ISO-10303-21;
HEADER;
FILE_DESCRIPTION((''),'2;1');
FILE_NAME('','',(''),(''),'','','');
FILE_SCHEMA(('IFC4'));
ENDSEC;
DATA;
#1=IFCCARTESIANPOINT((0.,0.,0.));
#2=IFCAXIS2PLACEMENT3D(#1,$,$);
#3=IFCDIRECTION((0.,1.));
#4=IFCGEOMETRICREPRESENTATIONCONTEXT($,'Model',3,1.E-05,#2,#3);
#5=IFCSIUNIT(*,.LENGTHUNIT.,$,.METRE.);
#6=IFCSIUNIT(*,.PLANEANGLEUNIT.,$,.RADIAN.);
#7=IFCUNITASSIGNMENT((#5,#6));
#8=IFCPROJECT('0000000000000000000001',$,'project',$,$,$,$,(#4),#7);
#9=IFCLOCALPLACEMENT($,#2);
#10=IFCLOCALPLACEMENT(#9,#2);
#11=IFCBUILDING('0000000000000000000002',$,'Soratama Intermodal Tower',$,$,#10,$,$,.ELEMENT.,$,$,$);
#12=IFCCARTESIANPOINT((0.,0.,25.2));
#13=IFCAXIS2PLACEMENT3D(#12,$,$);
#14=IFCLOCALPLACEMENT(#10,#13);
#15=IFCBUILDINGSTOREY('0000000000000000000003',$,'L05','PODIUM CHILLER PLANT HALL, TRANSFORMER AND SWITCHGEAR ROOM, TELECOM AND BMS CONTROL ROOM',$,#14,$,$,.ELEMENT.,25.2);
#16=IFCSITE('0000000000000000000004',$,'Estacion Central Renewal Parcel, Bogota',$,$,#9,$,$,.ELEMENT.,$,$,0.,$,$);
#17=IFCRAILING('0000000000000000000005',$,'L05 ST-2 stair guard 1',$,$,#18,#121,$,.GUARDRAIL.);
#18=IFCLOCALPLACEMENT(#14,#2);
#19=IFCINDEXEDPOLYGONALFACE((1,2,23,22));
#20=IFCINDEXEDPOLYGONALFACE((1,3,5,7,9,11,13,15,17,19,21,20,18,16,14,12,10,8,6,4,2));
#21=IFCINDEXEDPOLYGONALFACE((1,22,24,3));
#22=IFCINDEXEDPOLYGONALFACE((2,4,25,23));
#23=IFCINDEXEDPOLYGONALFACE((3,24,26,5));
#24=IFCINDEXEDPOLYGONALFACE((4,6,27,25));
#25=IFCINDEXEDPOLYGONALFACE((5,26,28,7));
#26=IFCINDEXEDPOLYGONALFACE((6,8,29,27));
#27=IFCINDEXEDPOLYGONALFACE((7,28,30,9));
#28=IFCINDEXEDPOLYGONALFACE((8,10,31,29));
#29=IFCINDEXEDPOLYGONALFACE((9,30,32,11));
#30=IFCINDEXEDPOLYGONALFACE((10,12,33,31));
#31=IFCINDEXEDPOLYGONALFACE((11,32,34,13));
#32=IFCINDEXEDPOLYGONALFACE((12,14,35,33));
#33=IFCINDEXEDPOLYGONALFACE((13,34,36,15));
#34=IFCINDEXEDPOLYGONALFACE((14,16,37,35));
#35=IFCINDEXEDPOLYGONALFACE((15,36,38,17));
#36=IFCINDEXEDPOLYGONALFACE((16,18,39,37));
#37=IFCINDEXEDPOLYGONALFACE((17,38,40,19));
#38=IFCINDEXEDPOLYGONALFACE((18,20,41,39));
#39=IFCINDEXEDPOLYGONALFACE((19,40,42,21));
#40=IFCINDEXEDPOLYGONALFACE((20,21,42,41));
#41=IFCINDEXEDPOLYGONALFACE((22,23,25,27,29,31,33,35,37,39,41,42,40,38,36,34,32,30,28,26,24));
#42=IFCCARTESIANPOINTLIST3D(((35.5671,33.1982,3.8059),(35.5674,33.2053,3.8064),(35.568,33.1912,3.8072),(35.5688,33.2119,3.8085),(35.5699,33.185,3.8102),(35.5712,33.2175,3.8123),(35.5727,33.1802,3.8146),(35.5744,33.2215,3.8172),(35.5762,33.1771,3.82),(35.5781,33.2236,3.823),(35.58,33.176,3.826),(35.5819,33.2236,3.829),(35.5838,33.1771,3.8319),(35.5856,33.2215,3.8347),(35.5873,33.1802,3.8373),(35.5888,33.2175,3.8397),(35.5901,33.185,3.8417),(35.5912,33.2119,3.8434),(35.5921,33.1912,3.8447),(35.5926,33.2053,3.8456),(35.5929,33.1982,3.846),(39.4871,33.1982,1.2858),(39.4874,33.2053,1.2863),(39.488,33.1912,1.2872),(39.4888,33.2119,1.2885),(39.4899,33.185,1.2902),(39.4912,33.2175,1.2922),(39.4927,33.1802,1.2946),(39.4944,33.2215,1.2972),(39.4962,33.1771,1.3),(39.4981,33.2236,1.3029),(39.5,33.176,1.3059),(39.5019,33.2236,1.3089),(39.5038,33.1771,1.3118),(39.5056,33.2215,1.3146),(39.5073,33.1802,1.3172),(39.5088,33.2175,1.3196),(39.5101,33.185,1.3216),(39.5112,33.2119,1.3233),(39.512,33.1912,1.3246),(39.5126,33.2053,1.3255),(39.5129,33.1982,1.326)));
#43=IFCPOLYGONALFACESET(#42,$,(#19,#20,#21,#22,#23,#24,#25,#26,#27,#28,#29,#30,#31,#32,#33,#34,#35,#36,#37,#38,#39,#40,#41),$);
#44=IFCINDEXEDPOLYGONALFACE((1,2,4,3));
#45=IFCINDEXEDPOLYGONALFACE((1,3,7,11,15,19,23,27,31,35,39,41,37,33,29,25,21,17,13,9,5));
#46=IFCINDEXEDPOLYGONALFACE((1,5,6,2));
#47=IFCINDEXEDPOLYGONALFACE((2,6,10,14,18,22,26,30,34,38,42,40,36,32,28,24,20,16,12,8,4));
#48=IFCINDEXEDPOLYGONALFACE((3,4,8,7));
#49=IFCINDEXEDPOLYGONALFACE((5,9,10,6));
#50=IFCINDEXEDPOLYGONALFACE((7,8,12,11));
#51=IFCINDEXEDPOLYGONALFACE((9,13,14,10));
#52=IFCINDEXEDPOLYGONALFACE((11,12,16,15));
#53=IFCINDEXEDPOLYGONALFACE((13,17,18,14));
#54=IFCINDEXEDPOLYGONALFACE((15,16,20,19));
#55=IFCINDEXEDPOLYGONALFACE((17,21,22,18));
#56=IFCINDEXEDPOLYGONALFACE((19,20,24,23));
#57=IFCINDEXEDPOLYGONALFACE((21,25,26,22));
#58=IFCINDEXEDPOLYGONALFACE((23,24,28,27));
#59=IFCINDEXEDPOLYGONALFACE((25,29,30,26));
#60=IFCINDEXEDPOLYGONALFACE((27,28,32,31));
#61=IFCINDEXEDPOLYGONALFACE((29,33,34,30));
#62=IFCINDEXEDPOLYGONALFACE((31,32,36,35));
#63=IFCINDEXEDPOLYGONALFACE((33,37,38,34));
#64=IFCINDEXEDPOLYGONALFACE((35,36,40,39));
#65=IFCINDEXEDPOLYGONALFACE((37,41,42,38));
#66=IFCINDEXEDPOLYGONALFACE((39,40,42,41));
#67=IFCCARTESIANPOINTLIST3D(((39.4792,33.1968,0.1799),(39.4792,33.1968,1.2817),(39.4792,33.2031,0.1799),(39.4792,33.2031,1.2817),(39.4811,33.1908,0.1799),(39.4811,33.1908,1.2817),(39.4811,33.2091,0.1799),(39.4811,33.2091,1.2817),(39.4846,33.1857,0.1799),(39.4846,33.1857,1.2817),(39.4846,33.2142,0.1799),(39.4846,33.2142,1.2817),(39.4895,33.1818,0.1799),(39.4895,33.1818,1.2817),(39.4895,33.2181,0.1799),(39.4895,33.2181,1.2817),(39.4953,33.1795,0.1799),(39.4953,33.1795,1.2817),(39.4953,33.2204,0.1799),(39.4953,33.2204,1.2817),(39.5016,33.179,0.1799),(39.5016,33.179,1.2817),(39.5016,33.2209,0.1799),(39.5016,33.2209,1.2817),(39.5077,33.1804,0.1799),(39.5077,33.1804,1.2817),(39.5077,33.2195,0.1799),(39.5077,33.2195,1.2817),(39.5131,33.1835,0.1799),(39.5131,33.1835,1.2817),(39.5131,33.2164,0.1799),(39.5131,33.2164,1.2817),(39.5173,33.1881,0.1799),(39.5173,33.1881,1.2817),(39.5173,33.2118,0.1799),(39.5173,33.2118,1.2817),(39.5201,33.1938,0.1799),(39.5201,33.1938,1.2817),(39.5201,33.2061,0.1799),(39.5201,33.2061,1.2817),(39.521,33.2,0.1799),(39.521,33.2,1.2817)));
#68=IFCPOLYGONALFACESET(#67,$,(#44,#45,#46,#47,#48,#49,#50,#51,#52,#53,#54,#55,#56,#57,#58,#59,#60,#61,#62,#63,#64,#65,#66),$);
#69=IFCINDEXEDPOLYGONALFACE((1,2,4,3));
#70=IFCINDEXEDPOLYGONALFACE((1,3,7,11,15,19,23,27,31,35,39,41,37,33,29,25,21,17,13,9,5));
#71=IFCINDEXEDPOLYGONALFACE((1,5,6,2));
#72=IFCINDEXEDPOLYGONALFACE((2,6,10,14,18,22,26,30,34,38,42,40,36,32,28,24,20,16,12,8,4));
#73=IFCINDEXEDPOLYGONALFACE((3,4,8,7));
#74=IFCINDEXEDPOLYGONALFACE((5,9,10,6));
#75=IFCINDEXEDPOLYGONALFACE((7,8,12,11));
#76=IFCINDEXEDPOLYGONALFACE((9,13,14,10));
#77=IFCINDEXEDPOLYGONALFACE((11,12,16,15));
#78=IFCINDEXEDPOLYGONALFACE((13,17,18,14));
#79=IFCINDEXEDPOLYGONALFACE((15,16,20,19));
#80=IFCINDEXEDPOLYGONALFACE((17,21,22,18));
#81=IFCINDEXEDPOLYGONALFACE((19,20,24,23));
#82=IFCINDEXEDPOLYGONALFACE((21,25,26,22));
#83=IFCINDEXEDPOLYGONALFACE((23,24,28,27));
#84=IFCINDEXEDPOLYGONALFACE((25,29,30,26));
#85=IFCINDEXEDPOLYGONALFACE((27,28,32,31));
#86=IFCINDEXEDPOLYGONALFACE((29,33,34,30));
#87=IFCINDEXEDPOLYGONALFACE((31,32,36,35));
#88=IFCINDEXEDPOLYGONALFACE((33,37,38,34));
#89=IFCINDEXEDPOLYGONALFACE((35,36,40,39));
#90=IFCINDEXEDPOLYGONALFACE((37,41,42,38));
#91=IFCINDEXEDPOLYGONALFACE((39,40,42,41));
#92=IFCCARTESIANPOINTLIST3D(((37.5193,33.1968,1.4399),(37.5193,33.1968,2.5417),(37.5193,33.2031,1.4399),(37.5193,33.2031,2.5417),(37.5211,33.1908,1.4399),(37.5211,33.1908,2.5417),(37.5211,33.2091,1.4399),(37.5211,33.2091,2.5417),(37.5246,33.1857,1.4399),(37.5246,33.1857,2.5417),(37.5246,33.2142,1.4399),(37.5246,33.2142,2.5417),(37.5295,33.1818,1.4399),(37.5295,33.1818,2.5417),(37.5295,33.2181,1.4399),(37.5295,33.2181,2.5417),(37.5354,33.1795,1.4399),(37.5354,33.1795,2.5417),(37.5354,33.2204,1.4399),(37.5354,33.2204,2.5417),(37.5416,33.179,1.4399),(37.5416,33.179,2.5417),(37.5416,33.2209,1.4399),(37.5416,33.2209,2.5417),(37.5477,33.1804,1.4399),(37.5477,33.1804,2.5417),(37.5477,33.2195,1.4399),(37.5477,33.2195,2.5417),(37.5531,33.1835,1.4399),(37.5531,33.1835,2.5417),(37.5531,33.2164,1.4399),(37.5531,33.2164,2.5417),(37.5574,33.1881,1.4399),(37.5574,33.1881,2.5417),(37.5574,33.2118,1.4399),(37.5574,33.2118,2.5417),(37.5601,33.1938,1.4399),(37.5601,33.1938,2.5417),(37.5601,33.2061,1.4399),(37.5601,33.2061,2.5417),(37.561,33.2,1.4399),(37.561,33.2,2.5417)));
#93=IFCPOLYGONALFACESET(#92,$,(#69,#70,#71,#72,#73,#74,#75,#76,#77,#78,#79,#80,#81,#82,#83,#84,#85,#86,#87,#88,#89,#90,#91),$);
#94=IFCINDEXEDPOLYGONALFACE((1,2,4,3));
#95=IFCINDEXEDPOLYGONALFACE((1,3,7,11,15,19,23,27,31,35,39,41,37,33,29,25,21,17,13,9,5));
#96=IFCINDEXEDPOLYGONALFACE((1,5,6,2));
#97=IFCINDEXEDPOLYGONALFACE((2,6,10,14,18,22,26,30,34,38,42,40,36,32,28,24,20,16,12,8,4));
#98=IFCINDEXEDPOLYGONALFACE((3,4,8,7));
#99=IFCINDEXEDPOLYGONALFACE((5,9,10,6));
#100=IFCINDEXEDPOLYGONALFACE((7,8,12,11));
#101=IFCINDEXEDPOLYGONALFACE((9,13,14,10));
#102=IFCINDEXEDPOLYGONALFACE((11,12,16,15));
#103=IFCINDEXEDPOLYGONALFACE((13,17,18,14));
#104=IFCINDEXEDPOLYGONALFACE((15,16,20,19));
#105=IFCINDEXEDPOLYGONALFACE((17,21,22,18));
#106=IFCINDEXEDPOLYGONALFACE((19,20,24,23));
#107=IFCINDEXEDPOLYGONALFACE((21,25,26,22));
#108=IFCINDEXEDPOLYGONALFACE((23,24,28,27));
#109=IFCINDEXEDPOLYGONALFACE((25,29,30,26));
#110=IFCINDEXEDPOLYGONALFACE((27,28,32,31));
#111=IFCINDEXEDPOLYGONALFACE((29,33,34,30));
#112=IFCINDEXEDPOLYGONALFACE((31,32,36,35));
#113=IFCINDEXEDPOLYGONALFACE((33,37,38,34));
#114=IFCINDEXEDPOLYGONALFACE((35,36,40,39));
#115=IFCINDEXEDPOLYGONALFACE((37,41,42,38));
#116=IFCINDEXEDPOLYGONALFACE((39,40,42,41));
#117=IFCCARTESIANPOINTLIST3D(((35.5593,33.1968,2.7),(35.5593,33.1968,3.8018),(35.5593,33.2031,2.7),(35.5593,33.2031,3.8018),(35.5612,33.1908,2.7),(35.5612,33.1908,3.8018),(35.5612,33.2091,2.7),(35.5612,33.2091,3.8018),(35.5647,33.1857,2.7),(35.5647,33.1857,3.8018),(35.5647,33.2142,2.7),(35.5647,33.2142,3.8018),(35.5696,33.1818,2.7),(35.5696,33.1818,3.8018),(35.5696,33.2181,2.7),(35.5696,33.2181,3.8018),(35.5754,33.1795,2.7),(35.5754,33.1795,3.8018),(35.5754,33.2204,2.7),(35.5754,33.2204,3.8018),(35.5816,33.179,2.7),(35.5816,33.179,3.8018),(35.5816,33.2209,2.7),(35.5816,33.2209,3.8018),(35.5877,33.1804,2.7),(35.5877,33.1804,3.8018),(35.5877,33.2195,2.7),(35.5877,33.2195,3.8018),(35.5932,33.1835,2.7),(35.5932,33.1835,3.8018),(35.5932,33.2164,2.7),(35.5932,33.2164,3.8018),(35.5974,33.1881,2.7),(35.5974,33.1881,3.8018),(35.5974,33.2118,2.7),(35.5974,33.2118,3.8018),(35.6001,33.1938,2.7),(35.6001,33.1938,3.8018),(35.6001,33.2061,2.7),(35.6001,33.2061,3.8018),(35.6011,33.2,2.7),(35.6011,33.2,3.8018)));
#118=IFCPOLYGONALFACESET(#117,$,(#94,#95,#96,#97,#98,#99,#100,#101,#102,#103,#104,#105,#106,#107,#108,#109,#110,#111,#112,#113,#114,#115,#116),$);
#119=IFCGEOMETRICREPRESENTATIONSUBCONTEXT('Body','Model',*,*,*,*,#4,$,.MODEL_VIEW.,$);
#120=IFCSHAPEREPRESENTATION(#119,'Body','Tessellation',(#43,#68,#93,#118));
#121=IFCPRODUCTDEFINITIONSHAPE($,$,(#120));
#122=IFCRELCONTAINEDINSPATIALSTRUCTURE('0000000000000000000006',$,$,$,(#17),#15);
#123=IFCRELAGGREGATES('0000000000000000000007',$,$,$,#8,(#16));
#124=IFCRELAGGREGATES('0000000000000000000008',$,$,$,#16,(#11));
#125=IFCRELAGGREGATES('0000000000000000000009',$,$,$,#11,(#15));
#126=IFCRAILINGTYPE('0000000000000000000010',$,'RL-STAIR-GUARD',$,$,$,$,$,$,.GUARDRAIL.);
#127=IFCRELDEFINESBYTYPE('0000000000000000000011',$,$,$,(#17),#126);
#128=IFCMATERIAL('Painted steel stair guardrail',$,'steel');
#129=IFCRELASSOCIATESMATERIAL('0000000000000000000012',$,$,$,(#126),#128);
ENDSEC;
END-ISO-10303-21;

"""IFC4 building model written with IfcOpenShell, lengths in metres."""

from ifc_helpers import new_model, si_unit, direction, frame, origin, origin_2d, place, context, subcontext, project, spatial, circle, extrude, material, type_object, element, save


model = new_model("IFC4")

# Units and contexts
model_context = context("Model", 3, precision=1e-05, world=origin(), true_north=direction((0.0, 1.0)))
body_context = subcontext(model_context, "Body", "Model", "MODEL_VIEW")
ifc_project = project(units=[si_unit("LENGTHUNIT", "METRE"), si_unit("PLANEANGLEUNIT", "RADIAN")], contexts=[model_context])

# Site, building, storey
site_placement = place(None, origin())
site = spatial("IfcSite", under=ifc_project, at=site_placement, Name="Estacion Central Renewal Parcel, Bogota", CompositionType="ELEMENT", RefElevation=0.0)
building_placement = place(site_placement, origin())
building = spatial("IfcBuilding", under=site, at=building_placement, Name="Soratama Intermodal Tower", CompositionType="ELEMENT")
storey_placement = place(building_placement, frame((0.0, 0.0, 25.2)))
storey = spatial("IfcBuildingStorey", under=building, at=storey_placement, Name="L05", Description="PODIUM CHILLER PLANT HALL, TRANSFORMER AND SWITCHGEAR ROOM, TELECOM AND BMS CONTROL ROOM", CompositionType="ELEMENT", Elevation=25.2)

# Railing
ifc_material_1 = material(Name="Painted steel stair guardrail", Category="steel")
railing_type_1 = type_object("IfcRailingType", Name="RL-STAIR-GUARD", PredefinedType="GUARDRAIL", material=ifc_material_1)
railing_1_placement = place(storey_placement, frame((39.5, 33.2, 0.1799)))
element("IfcRailing", 1, at=railing_1_placement, inside=storey, type_object=railing_type_1, Name="L05 ST-2 stair guard 1", PredefinedType="GUARDRAIL", context=body_context, shape_type="SweptSolid", body=[
    extrude(circle(Radius=0.0239, at=origin_2d()), frame((0.0, 0.0, 1.126), z_axis=(-0.841172, 0.0, 0.540768), x_axis=(0.0, -1.0, 0.0)), (0.0, 0.0, 1.0), 4.6602),
    extrude(circle(Radius=0.021, at=origin_2d()), origin(), (0.0, 0.0, 1.0), 1.1018),
    extrude(circle(Radius=0.021, at=origin_2d()), frame((-1.96, 0.0, 1.26)), (0.0, 0.0, 1.0), 1.1018),
    extrude(circle(Radius=0.021, at=origin_2d()), frame((-3.9199, 0.0, 2.52)), (0.0, 0.0, 1.0), 1.1018),
])

save(model, "model.ifc")
